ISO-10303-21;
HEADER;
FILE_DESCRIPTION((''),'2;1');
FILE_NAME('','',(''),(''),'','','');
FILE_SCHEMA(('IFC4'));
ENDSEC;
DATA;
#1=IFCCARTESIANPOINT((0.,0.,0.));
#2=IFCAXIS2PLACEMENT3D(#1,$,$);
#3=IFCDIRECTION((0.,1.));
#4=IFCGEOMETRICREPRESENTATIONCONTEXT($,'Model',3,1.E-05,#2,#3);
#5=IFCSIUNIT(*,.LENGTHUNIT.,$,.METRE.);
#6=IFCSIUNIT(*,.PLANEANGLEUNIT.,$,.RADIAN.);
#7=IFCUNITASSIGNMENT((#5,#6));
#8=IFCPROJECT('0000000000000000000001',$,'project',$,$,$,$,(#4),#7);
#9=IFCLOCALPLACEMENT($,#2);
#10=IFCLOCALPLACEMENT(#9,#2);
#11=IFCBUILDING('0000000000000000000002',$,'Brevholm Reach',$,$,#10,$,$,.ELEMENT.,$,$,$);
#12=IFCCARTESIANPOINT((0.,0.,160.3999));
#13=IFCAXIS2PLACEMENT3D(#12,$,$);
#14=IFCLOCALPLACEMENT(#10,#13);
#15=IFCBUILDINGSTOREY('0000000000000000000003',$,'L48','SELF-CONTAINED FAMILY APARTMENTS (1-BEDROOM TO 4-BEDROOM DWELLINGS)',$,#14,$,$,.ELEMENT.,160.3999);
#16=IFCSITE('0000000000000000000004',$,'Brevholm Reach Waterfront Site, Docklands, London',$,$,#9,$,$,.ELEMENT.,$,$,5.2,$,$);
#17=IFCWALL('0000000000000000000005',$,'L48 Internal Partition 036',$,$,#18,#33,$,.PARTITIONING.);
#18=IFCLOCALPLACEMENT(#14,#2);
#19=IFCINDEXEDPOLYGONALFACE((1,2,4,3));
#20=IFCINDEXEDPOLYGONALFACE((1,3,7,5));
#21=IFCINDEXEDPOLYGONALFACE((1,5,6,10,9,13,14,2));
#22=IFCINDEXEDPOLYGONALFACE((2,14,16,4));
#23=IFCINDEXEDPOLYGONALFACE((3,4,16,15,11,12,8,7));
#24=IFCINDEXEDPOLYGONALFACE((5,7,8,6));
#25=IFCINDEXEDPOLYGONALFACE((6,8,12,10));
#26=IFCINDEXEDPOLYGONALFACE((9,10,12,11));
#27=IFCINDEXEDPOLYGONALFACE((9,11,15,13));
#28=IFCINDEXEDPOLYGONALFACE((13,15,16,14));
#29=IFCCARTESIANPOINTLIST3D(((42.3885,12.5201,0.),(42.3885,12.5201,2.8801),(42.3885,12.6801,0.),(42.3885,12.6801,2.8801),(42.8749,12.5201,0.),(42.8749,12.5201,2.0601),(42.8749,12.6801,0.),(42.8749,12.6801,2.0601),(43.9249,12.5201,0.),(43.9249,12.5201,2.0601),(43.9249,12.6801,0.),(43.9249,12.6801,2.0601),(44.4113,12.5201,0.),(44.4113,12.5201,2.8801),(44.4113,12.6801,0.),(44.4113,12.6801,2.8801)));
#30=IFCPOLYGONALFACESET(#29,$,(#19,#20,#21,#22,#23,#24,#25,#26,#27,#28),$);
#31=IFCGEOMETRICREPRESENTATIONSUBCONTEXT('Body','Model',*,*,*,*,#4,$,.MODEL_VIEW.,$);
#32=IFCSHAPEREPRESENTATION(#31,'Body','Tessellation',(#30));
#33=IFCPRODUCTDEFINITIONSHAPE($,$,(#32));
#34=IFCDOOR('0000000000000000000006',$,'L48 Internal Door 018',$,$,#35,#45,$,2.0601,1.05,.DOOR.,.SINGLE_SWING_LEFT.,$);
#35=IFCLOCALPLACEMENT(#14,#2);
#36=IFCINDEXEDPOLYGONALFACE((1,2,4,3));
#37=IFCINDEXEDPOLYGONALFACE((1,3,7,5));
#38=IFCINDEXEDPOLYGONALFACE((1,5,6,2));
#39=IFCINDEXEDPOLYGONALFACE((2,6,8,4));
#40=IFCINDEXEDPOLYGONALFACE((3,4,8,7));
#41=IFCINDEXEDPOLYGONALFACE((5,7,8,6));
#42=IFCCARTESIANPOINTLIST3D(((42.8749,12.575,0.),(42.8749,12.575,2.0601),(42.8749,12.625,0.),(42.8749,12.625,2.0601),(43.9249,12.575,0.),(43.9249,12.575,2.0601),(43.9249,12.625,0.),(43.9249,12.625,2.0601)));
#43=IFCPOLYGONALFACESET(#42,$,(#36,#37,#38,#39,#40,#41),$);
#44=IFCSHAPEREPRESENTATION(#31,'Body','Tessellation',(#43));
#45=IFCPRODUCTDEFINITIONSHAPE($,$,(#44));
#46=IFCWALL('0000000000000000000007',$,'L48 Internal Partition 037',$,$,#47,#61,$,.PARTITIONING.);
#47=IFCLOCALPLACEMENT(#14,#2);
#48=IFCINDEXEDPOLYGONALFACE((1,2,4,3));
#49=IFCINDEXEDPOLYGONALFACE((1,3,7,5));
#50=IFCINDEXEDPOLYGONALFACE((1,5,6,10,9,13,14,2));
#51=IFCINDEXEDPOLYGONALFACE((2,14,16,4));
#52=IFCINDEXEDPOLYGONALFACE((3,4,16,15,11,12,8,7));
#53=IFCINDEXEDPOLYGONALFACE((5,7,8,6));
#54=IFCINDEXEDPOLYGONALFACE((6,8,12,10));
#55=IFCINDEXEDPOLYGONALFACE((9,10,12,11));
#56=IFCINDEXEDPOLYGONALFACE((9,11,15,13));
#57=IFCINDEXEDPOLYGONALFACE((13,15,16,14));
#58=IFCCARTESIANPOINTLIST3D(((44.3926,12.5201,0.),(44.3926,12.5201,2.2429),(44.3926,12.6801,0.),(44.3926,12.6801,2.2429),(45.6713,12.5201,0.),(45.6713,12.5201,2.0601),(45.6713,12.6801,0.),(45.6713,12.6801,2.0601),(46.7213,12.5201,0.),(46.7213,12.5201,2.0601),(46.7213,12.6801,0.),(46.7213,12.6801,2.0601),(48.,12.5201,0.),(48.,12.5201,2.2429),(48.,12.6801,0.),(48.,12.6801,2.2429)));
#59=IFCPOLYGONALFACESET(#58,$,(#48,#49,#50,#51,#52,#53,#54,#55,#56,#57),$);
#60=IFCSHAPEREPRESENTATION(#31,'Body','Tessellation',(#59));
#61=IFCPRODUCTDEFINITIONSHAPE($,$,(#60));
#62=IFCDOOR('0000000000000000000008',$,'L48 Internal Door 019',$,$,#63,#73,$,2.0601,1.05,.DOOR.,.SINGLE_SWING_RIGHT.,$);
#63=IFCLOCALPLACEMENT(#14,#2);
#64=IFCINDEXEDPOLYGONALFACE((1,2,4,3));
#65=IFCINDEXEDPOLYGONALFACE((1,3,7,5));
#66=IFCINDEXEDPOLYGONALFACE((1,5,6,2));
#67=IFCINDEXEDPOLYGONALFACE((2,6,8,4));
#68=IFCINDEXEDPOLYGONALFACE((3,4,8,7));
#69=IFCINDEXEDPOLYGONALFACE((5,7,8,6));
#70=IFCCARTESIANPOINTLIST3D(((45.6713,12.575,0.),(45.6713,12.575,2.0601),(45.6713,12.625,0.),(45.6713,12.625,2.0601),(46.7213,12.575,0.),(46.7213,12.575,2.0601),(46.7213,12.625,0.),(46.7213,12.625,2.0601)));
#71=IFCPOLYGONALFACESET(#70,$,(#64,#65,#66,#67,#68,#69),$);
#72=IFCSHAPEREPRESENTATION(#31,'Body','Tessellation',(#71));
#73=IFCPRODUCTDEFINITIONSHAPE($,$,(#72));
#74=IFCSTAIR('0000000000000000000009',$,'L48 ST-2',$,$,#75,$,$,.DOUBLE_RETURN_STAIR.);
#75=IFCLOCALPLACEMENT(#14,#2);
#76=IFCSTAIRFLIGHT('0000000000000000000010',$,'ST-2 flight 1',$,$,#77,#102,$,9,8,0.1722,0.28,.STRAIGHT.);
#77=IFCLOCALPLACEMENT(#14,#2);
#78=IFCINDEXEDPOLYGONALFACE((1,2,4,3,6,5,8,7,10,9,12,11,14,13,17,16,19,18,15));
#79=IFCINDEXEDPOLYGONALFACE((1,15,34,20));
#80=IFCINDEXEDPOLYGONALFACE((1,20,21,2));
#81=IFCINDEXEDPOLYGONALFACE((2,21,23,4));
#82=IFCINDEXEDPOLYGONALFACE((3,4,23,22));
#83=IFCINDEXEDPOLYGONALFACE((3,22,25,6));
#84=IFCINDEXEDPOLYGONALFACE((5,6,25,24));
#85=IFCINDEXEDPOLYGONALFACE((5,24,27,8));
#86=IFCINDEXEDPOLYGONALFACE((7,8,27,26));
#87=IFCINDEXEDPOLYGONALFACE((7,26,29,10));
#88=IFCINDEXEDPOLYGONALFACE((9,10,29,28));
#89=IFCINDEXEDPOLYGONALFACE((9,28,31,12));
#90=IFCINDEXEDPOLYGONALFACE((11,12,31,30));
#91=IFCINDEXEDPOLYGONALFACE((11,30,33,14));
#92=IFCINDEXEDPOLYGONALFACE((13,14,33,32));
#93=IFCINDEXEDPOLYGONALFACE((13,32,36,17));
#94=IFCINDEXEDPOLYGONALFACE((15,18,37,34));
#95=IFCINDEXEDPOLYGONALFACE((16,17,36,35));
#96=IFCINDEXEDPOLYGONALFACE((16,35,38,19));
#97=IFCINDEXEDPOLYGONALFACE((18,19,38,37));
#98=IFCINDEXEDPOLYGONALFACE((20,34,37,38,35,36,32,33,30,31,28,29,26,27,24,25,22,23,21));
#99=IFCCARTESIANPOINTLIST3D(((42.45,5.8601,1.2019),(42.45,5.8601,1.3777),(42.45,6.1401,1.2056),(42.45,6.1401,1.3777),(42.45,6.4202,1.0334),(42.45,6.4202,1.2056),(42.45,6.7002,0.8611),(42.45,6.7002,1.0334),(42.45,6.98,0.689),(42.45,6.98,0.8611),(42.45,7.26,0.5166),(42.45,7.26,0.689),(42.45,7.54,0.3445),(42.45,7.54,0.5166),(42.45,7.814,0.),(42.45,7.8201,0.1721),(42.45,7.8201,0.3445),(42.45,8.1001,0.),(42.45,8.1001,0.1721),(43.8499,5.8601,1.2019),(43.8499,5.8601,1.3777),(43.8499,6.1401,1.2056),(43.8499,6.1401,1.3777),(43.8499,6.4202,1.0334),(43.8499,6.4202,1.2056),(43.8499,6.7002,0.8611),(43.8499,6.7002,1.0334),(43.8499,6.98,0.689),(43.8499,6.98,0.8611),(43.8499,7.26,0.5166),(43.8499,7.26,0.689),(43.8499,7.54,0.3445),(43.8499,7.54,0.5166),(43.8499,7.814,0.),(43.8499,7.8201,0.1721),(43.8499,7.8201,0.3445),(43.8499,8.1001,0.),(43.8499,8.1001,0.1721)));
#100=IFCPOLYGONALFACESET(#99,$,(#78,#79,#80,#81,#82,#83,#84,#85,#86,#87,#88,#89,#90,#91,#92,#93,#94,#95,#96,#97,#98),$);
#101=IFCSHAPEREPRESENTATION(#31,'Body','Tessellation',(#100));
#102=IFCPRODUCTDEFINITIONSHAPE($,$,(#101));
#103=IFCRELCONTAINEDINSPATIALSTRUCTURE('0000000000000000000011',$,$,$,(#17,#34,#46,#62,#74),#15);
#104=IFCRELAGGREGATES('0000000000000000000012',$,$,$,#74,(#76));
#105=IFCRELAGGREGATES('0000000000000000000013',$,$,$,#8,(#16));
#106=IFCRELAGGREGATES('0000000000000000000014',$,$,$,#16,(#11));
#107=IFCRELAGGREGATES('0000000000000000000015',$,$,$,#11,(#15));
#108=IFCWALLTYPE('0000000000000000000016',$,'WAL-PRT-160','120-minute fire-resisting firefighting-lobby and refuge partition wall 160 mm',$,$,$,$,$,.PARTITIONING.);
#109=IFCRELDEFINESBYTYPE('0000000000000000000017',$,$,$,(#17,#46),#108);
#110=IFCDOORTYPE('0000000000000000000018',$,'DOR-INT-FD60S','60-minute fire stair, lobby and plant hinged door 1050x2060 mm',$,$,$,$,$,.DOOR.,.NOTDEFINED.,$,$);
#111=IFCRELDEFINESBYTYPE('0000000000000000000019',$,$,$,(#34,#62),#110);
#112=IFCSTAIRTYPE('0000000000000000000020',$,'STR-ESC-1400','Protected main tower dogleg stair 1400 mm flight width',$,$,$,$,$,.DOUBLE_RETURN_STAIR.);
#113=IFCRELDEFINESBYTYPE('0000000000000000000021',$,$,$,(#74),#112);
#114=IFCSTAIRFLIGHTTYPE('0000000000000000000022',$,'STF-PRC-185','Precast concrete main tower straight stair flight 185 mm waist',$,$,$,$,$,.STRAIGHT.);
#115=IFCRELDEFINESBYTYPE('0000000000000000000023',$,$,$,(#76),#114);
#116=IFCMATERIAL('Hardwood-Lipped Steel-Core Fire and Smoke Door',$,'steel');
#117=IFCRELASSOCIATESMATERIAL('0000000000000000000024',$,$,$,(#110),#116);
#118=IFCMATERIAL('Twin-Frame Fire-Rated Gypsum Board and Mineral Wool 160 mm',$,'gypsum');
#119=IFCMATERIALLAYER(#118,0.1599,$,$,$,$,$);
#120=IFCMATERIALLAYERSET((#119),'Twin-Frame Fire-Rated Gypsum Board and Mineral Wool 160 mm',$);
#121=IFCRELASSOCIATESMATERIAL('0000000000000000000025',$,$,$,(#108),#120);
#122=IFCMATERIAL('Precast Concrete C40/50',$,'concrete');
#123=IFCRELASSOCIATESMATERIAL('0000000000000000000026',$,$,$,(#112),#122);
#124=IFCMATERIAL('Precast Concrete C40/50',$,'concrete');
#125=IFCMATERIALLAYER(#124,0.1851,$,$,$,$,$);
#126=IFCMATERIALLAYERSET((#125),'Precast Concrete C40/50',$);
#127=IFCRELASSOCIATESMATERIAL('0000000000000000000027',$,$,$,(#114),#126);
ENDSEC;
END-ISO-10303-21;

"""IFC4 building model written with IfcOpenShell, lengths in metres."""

from ifc_helpers import new_model, si_unit, direction, frame, frame_2d, origin, place, context, subcontext, project, spatial, polyline, rectangle, outline, extrude, material, layer, layer_set, type_object, element, fill, aggregate, save


model = new_model("IFC4")

# Units and contexts
model_context = context("Model", 3, precision=1e-05, world=origin(), true_north=direction((0.0, 1.0)))
body_context = subcontext(model_context, "Body", "Model", "MODEL_VIEW")
ifc_project = project(units=[si_unit("LENGTHUNIT", "METRE"), si_unit("PLANEANGLEUNIT", "RADIAN")], contexts=[model_context])

# Site, building, storey
site_placement = place(None, origin())
site = spatial("IfcSite", under=ifc_project, at=site_placement, Name="Brevholm Reach Waterfront Site, Docklands, London", CompositionType="ELEMENT", RefElevation=5.2)
building_placement = place(site_placement, origin())
building = spatial("IfcBuilding", under=site, at=building_placement, Name="Brevholm Reach", CompositionType="ELEMENT")
storey_placement = place(building_placement, frame((0.0, 0.0, 160.3999)))
storey = spatial("IfcBuildingStorey", under=building, at=storey_placement, Name="L48", Description="SELF-CONTAINED FAMILY APARTMENTS (1-BEDROOM TO 4-BEDROOM DWELLINGS)", CompositionType="ELEMENT", Elevation=160.3999)

# Shared definitions
ifc_material_1 = material(Name="Hardwood-Lipped Steel-Core Fire and Smoke Door", Category="steel")
door_type_1 = type_object("IfcDoorType", Name="DOR-INT-FD60S", Description="60-minute fire stair, lobby and plant hinged door 1050x2060 mm", OperationType="NOTDEFINED", PredefinedType="DOOR", material=ifc_material_1)

# Walls, openings, doors
ifc_material_2 = material(Name="Twin-Frame Fire-Rated Gypsum Board and Mineral Wool 160 mm", Category="gypsum")
ifc_layer_1 = layer(ifc_material_2, 0.1599)
ifc_layer_set_1 = layer_set([ifc_layer_1], Name="Twin-Frame Fire-Rated Gypsum Board and Mineral Wool 160 mm")
wall_type_1 = type_object("IfcWallType", Name="WAL-PRT-160", Description="120-minute fire-resisting firefighting-lobby and refuge partition wall 160 mm", PredefinedType="PARTITIONING", material=ifc_layer_set_1)
wall_1_placement = place(storey_placement, frame((42.3887, 12.6001, 0.0), z_axis=(0.0, 0.0, 1.0), x_axis=(1.0, 0.0, 0.0)))
wall_1 = element("IfcWall", 1, at=wall_1_placement, inside=storey, type_object=wall_type_1, Name="L48 Internal Partition 036", PredefinedType="PARTITIONING", context=body_context, shape_type="SweptSolid", body=[
    extrude(rectangle(XDim=2.0227, YDim=0.1599, at=frame_2d((1.0112, 0.0))), origin(), (0.0, 0.0, 1.0), 2.8801),
])
opening_1_placement = place(wall_1_placement, frame((0.4863, 0.0, 0.0)))
opening_1 = element("IfcOpeningElement", 2, at=opening_1_placement, cuts=wall_1, PredefinedType="OPENING", context=body_context, shape_type="SweptSolid", body=[
    extrude(rectangle(XDim=1.05, YDim=2.0601, at=frame_2d((0.5249, 1.03))), frame((0.0, 0.0898, 0.0), z_axis=(0.0, -1.0, 0.0), x_axis=(1.0, 0.0, 0.0)), (0.0, 0.0, 1.0), 0.1799),
])
door_1_placement = place(opening_1_placement, origin())
door_1 = element("IfcDoor", 3, at=door_1_placement, inside=storey, type_object=door_type_1, Name="L48 Internal Door 018", OperationType="SINGLE_SWING_LEFT", OverallHeight=2.0601, OverallWidth=1.05, PredefinedType="DOOR", context=body_context, shape_type="SweptSolid", body=[
    extrude(rectangle(XDim=1.05, YDim=2.0601, at=frame_2d((0.5249, 1.03))), frame((0.0, 0.0249, 0.0), z_axis=(0.0, -1.0, 0.0), x_axis=(1.0, 0.0, 0.0)), (0.0, 0.0, 1.0), 0.05),
])
fill(opening_1, door_1)
wall_2_placement = place(storey_placement, frame((44.3926, 12.6001, 0.0), z_axis=(0.0, 0.0, 1.0), x_axis=(1.0, 0.0, 0.0)))
wall_2 = element("IfcWall", 4, at=wall_2_placement, inside=storey, type_object=wall_type_1, Name="L48 Internal Partition 037", PredefinedType="PARTITIONING", context=body_context, shape_type="SweptSolid", body=[
    extrude(rectangle(XDim=3.6074, YDim=0.1599, at=frame_2d((1.8037, 0.0))), origin(), (0.0, 0.0, 1.0), 2.2429),
])
opening_2_placement = place(wall_2_placement, frame((1.2788, 0.0, 0.0)))
opening_2 = element("IfcOpeningElement", 5, at=opening_2_placement, cuts=wall_2, PredefinedType="OPENING", context=body_context, shape_type="SweptSolid", body=[
    extrude(rectangle(XDim=1.05, YDim=2.0601, at=frame_2d((0.5249, 1.03))), frame((0.0, 0.0898, 0.0), z_axis=(0.0, -1.0, 0.0), x_axis=(1.0, 0.0, 0.0)), (0.0, 0.0, 1.0), 0.1799),
])
door_2_placement = place(opening_2_placement, origin())
door_2 = element("IfcDoor", 6, at=door_2_placement, inside=storey, type_object=door_type_1, Name="L48 Internal Door 019", OperationType="SINGLE_SWING_RIGHT", OverallHeight=2.0601, OverallWidth=1.05, PredefinedType="DOOR", context=body_context, shape_type="SweptSolid", body=[
    extrude(rectangle(XDim=1.05, YDim=2.0601, at=frame_2d((0.5249, 1.03))), frame((0.0, 0.0249, 0.0), z_axis=(0.0, -1.0, 0.0), x_axis=(1.0, 0.0, 0.0)), (0.0, 0.0, 1.0), 0.05),
])
fill(opening_2, door_2)

# Stair, stair flight
ifc_material_3 = material(Name="Precast Concrete C40/50", Category="concrete")
stair_type = type_object("IfcStairType", Name="STR-ESC-1400", Description="Protected main tower dogleg stair 1400 mm flight width", PredefinedType="DOUBLE_RETURN_STAIR", material=ifc_material_3)
stair_placement = place(storey_placement, origin())
stair = element("IfcStair", 7, at=stair_placement, inside=storey, type_object=stair_type, Name="L48 ST-2", PredefinedType="DOUBLE_RETURN_STAIR")
ifc_material_4 = material(Name="Precast Concrete C40/50", Category="concrete")
ifc_layer_2 = layer(ifc_material_4, 0.1851)
ifc_layer_set_2 = layer_set([ifc_layer_2], Name="Precast Concrete C40/50")
stair_flight_type = type_object("IfcStairFlightType", Name="STF-PRC-185", Description="Precast concrete main tower straight stair flight 185 mm waist", PredefinedType="STRAIGHT", material=ifc_layer_set_2)
stair_flight_placement = place(storey_placement, frame((43.1499, 8.1001, 0.0), z_axis=(0.0, 0.0, 1.0), x_axis=(0.0, -1.0, 0.0)))
stair_flight = element("IfcStairFlight", 8, at=stair_flight_placement, type_object=stair_flight_type, Name="ST-2 flight 1", NumberOfRisers=9, NumberOfTreads=8, PredefinedType="STRAIGHT", RiserHeight=0.1722, TreadLength=0.28, context=body_context, shape_type="SweptSolid", body=[
    extrude(outline(polyline([(0.0, 0.0), (0.0, 0.1721), (0.28, 0.1721), (0.28, 0.3445), (0.5601, 0.3445), (0.5601, 0.5166), (0.8401, 0.5166), (0.8401, 0.689), (1.1201, 0.689), (1.1201, 0.8611), (1.3999, 0.8611), (1.3999, 1.0334), (1.6799, 1.0334), (1.6799, 1.2056), (1.96, 1.2056), (1.96, 1.3777), (2.24, 1.3777), (2.24, 1.55), (2.24, 1.2019), (0.2861, 0.0), (0.0, 0.0)])), frame((0.0, 0.7, 0.0), z_axis=(0.0, -1.0, 0.0), x_axis=(1.0, 0.0, 0.0)), (0.0, 0.0, 1.0), 1.3999),
])
aggregate(stair, [stair_flight])

save(model, "model.ifc")
